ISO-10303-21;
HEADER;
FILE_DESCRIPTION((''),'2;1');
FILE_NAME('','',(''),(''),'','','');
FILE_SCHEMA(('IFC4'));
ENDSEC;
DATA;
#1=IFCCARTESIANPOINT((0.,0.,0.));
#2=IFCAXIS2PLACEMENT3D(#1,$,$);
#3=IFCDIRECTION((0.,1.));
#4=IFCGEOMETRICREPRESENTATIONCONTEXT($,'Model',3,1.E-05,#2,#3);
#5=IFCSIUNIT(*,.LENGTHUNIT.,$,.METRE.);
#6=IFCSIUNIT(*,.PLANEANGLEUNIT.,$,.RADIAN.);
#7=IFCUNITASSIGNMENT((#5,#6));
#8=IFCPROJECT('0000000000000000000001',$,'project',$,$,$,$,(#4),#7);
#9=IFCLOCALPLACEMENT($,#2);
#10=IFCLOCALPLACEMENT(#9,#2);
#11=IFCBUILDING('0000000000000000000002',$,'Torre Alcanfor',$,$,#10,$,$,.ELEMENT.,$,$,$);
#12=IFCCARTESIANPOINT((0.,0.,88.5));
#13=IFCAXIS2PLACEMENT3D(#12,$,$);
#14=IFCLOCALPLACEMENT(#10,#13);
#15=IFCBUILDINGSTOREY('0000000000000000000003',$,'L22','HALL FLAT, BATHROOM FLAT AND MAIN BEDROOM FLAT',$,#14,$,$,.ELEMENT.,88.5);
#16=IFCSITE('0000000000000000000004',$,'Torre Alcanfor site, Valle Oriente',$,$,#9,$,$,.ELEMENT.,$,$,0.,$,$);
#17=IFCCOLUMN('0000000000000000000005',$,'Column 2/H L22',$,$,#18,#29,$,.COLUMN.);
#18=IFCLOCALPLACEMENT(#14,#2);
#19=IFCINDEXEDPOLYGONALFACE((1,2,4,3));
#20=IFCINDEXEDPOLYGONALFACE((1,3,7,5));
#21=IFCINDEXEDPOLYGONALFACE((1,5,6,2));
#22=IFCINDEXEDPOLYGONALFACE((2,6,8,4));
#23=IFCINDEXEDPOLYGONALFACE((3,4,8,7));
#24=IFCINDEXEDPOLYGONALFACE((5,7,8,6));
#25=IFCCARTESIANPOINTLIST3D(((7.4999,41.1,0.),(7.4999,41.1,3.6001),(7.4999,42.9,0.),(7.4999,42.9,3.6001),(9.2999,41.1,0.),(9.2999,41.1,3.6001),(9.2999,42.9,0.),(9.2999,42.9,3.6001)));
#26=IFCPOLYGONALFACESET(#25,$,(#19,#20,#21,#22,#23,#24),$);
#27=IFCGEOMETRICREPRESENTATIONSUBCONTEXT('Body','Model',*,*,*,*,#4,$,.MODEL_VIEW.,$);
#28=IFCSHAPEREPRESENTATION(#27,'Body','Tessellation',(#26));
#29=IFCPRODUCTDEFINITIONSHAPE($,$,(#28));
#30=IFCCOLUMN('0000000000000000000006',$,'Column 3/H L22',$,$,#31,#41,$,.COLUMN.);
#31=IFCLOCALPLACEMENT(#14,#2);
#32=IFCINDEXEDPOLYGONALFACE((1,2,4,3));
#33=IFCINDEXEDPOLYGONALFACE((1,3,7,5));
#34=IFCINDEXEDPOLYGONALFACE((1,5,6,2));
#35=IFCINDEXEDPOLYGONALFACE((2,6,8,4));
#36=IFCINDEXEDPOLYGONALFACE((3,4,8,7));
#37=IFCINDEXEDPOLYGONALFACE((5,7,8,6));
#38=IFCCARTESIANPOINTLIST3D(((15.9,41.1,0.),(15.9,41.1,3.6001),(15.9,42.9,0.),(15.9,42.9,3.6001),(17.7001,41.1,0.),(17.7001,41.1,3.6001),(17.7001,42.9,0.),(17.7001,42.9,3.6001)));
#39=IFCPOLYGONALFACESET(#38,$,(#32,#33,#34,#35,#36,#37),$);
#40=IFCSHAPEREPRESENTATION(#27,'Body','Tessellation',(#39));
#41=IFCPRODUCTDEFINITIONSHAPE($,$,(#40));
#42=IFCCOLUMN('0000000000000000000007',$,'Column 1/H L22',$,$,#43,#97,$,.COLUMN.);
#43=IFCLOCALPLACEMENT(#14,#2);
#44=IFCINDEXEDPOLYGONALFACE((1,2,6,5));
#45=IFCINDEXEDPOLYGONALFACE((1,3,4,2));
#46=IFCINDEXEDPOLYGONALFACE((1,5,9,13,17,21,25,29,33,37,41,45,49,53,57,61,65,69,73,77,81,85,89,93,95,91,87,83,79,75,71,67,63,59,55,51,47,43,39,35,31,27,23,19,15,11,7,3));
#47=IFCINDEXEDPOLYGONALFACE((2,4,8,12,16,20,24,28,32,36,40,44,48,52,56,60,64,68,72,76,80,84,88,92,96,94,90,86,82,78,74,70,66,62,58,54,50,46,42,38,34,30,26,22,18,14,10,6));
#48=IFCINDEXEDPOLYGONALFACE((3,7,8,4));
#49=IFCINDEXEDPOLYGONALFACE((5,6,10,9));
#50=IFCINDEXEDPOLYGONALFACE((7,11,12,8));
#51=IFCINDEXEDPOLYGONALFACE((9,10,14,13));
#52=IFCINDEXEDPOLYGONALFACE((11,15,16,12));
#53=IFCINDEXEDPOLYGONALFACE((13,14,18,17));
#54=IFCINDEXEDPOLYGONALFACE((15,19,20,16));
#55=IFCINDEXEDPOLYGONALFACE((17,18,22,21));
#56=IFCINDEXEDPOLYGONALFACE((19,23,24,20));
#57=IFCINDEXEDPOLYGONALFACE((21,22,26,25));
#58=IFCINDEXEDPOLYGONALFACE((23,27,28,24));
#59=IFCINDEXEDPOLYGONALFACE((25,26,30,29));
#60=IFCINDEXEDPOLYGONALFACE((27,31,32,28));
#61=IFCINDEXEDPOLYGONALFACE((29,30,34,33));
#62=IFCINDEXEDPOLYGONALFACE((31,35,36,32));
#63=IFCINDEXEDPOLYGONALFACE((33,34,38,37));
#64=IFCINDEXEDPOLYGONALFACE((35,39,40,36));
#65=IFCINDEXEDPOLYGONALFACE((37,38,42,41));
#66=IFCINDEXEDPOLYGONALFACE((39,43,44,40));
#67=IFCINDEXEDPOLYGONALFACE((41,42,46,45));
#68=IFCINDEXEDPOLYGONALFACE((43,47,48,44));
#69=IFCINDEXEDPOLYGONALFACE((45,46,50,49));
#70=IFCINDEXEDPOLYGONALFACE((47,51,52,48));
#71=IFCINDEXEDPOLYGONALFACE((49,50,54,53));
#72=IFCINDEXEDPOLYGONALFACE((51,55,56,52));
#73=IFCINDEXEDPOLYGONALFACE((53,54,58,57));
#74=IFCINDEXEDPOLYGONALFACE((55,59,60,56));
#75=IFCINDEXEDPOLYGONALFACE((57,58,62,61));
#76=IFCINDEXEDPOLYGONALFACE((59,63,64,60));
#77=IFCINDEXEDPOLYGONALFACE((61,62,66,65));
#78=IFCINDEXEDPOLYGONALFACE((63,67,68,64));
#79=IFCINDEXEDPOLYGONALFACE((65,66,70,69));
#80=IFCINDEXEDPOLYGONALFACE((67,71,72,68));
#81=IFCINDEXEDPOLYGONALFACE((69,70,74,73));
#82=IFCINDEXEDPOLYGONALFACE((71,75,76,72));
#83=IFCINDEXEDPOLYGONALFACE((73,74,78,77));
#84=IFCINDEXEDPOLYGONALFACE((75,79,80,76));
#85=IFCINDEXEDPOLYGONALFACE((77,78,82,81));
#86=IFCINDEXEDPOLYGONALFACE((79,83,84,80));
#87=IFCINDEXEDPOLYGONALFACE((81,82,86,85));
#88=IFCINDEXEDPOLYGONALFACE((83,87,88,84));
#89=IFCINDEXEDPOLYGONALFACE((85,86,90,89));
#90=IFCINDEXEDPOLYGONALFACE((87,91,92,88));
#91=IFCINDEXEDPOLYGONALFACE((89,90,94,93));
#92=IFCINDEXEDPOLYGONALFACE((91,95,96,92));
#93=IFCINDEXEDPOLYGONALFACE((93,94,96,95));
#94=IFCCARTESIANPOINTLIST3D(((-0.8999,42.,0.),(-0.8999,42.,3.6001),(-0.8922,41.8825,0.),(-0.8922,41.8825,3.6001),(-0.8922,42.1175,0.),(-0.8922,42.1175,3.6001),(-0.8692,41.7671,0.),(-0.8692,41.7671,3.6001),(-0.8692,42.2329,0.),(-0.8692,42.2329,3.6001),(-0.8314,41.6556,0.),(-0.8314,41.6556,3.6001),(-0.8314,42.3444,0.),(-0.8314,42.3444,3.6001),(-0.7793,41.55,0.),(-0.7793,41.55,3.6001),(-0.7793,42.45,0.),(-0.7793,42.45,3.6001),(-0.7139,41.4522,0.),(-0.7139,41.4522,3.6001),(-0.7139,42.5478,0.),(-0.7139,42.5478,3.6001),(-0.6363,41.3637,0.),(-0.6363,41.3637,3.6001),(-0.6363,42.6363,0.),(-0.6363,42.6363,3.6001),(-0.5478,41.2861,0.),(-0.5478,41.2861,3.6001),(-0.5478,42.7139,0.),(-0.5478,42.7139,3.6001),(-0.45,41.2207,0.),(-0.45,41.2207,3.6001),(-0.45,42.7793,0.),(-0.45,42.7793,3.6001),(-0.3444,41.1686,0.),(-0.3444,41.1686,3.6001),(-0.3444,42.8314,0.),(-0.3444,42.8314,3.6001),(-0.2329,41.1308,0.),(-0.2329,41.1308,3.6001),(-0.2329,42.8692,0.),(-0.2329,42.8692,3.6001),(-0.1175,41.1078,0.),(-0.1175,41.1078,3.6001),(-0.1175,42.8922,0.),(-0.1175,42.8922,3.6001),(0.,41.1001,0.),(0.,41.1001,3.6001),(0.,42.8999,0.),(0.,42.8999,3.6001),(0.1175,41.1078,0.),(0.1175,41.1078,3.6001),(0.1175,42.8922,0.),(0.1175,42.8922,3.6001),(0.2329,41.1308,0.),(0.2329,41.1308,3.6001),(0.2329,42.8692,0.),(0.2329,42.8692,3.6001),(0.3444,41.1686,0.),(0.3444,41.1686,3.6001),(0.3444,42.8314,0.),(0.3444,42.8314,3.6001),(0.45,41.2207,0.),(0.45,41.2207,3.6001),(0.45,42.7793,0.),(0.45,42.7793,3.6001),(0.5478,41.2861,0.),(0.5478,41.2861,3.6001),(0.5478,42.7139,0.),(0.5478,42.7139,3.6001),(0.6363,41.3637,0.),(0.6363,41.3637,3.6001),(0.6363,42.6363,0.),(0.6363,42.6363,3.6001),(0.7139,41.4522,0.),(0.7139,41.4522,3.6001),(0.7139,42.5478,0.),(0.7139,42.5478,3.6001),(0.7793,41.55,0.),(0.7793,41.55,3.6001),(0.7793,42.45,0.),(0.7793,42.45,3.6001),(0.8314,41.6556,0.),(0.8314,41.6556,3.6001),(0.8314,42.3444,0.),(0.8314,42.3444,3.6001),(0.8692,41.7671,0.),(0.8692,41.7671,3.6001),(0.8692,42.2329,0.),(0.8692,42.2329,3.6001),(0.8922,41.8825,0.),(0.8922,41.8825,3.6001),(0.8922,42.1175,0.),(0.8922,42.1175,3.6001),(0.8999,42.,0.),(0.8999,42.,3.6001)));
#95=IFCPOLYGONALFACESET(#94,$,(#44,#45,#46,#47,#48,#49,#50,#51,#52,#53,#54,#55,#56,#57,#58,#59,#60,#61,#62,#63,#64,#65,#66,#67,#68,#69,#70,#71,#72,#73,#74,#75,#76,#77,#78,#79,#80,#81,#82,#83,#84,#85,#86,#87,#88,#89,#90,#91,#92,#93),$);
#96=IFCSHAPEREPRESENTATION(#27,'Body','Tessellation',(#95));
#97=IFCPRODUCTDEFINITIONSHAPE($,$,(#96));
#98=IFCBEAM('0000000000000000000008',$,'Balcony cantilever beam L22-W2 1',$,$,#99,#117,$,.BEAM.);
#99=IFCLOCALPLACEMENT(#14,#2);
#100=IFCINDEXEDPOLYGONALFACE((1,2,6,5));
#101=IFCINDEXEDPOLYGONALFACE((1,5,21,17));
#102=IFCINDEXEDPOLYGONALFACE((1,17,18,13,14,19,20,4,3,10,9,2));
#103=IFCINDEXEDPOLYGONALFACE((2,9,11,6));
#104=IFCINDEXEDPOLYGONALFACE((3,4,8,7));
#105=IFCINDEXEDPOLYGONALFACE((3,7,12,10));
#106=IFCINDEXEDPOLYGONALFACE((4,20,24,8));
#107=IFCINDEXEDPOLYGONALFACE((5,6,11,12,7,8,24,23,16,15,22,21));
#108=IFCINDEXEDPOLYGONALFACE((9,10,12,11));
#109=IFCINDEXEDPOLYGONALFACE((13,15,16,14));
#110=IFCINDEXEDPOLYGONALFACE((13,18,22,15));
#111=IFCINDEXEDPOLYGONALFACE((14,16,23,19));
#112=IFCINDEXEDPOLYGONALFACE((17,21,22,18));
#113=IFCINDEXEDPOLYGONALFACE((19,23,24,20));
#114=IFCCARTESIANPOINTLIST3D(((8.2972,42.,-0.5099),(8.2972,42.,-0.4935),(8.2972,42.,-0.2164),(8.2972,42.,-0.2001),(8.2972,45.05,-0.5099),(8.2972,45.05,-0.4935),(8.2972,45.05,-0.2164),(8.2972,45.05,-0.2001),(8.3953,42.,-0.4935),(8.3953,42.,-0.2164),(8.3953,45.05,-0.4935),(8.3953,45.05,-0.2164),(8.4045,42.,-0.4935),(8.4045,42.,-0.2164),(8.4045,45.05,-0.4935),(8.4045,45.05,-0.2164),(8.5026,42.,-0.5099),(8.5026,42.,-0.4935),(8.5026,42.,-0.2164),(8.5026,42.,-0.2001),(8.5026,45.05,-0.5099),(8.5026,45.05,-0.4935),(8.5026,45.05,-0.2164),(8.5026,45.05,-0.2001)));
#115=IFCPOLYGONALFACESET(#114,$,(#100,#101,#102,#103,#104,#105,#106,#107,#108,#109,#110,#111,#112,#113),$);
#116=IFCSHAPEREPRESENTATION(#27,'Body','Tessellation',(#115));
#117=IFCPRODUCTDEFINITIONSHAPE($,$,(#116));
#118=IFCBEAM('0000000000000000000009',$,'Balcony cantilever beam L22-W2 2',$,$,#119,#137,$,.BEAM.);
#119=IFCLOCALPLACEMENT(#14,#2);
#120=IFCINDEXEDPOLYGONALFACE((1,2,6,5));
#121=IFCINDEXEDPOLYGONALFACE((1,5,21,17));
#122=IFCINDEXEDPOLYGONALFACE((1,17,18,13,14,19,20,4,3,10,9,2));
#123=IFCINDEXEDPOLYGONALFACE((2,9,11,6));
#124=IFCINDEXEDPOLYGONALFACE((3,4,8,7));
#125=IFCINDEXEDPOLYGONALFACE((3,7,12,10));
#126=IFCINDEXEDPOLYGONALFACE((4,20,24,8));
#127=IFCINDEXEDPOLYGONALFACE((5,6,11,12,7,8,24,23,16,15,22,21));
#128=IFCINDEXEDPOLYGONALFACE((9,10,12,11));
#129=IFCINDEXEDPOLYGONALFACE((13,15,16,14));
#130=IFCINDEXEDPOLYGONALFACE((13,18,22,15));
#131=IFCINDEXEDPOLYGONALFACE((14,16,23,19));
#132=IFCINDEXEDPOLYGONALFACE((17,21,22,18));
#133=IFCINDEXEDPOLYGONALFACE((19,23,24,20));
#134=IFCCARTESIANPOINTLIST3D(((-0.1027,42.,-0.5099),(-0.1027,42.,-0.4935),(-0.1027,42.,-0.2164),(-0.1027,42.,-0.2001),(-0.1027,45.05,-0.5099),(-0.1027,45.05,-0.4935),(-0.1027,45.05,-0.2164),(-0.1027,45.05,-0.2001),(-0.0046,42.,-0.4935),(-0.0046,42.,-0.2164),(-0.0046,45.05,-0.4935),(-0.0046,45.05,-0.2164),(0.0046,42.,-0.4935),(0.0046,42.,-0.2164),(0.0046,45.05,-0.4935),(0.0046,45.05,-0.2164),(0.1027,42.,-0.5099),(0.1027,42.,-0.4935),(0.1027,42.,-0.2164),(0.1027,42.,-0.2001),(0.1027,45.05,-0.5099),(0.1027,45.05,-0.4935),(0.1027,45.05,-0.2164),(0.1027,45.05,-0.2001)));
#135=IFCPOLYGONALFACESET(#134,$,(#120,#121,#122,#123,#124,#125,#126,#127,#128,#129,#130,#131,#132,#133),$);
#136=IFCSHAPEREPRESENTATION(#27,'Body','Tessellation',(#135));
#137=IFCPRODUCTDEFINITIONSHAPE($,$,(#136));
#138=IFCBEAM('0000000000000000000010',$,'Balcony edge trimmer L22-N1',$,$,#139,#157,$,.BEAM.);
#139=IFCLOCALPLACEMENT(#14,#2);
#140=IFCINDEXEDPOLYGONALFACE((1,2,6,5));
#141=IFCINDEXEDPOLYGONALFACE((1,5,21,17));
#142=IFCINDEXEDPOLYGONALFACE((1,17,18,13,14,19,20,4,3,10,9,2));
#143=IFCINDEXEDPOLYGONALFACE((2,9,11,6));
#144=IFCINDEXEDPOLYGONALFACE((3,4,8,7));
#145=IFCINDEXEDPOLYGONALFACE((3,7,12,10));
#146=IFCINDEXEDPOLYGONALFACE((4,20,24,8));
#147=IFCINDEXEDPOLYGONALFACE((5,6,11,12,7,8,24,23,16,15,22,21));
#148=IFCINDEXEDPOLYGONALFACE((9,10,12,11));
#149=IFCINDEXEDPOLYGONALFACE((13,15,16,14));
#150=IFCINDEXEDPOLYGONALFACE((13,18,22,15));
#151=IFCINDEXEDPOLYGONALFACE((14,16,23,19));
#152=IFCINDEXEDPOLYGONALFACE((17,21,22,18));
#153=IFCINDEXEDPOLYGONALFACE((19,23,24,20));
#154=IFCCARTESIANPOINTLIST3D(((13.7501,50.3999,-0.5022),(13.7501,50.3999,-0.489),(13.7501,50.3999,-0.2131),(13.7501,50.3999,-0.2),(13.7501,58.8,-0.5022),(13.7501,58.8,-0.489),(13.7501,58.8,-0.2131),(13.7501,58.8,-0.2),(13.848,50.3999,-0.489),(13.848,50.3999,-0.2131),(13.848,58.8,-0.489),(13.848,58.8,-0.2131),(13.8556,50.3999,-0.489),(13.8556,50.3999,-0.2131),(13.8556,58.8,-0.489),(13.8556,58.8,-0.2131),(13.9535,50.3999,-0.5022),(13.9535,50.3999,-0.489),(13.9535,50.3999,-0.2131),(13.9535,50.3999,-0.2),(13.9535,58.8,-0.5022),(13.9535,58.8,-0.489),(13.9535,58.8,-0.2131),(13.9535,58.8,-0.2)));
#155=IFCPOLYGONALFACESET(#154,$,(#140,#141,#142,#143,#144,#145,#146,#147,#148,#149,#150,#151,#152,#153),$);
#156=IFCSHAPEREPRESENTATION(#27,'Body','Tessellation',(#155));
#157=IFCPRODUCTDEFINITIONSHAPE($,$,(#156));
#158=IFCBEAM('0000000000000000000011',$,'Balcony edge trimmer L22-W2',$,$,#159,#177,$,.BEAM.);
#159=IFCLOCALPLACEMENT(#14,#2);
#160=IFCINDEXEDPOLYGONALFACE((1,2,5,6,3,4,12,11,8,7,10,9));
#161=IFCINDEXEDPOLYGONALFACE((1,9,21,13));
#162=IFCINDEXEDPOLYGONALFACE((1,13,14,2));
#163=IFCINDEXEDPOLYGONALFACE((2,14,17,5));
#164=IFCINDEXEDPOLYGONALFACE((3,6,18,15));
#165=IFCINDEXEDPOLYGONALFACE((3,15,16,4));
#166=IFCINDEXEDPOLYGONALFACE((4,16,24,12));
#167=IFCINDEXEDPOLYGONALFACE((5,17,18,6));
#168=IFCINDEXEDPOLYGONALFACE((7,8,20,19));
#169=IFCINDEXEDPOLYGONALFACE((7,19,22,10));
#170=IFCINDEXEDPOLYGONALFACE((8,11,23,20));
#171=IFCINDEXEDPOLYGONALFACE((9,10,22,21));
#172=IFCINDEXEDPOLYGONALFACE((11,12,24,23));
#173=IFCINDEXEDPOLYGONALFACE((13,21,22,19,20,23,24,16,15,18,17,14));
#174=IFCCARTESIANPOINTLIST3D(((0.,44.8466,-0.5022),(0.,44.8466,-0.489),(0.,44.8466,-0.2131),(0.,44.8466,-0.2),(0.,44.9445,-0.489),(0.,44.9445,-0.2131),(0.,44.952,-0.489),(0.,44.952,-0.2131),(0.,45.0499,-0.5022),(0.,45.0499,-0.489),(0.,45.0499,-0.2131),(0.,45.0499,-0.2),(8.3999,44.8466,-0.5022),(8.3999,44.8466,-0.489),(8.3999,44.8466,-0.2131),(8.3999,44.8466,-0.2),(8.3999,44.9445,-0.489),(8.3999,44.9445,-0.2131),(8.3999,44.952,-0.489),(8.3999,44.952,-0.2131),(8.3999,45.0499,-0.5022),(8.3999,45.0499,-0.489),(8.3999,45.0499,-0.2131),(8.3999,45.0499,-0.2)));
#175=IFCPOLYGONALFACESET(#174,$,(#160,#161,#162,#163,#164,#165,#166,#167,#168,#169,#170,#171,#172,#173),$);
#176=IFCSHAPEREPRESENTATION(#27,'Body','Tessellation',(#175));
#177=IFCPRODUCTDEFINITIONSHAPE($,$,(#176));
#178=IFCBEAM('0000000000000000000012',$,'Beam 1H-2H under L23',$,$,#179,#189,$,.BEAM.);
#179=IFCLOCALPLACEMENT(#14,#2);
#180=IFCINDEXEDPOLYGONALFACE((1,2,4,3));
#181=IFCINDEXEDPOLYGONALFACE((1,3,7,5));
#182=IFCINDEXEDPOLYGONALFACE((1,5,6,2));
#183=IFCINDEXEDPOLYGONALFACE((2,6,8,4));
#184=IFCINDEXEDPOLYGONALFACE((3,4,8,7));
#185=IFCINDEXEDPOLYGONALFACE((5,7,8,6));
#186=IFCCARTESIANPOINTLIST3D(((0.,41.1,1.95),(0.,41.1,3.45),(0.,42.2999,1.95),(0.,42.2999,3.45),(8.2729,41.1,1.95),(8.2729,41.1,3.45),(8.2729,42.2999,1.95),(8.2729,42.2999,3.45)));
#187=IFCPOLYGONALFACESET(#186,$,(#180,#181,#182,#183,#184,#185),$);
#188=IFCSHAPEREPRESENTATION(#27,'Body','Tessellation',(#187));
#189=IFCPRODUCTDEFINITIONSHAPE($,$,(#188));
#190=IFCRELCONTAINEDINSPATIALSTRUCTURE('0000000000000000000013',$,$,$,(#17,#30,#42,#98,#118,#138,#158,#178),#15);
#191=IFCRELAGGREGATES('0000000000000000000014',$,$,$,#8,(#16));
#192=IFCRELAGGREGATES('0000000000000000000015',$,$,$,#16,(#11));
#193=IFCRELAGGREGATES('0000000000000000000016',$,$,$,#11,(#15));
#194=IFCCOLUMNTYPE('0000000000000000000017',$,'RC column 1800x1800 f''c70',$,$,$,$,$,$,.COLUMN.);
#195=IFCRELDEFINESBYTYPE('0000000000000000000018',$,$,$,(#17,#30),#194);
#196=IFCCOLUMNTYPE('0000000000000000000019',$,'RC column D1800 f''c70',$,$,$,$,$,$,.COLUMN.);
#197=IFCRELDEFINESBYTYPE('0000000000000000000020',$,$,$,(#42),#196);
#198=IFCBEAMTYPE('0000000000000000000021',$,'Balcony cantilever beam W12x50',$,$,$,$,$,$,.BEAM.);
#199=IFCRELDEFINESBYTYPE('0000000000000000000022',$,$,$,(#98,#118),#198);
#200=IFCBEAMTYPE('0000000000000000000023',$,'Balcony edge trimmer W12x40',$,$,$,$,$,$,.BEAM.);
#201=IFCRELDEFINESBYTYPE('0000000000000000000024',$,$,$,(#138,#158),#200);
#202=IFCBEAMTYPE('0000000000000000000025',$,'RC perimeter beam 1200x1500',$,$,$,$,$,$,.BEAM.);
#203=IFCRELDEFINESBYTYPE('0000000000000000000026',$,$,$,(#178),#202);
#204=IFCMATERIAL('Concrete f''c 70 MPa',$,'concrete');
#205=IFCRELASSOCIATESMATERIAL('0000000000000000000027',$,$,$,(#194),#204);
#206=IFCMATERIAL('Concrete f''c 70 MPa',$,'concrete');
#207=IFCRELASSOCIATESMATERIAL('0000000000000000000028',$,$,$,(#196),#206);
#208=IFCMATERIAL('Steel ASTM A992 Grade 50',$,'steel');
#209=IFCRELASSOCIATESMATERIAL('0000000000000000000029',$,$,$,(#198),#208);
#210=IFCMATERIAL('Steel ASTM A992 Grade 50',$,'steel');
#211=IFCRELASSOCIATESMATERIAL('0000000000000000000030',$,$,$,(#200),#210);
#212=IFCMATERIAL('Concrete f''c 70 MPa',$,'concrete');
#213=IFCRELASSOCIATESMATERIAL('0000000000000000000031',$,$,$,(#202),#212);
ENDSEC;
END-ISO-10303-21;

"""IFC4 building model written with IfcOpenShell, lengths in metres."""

from ifc_helpers import new_model, si_unit, direction, frame, origin, origin_2d, place, context, subcontext, project, spatial, rectangle, circle, i_section, extrude, material, material_profile, profile_set, type_object, element, save


model = new_model("IFC4")

# Units and contexts
model_context = context("Model", 3, precision=1e-05, world=origin(), true_north=direction((0.0, 1.0)))
body_context = subcontext(model_context, "Body", "Model", "MODEL_VIEW")
ifc_project = project(units=[si_unit("LENGTHUNIT", "METRE"), si_unit("PLANEANGLEUNIT", "RADIAN")], contexts=[model_context])

# Site, building, storey
site_placement = place(None, origin())
site = spatial("IfcSite", under=ifc_project, at=site_placement, Name="Torre Alcanfor site, Valle Oriente", CompositionType="ELEMENT", RefElevation=0.0)
building_placement = place(site_placement, origin())
building = spatial("IfcBuilding", under=site, at=building_placement, Name="Torre Alcanfor", CompositionType="ELEMENT")
storey_placement = place(building_placement, frame((0.0, 0.0, 88.5)))
storey = spatial("IfcBuildingStorey", under=building, at=storey_placement, Name="L22", Description="HALL FLAT, BATHROOM FLAT AND MAIN BEDROOM FLAT", CompositionType="ELEMENT", Elevation=88.5)

# Columns
ifc_material_1 = material(Name="Concrete f'c 70 MPa", Category="concrete")
ifc_material_profile_1 = material_profile(ifc_material_1, rectangle(XDim=1.8, YDim=1.8, at=origin_2d()), Name="1800x1800")
ifc_profile_set_1 = profile_set([ifc_material_profile_1], Name="Concrete f'c 70 MPa")
column_type_1 = type_object("IfcColumnType", Name="RC column 1800x1800 f'c70", PredefinedType="COLUMN", material=ifc_profile_set_1)
for number, where, z_axis, x_axis, name in (
    (1, (8.3999, 42.0, 0.0), (0.0, 0.0, 1.0), (1.0, 0.0, 0.0), "Column 2/H L22"),
    (2, (16.8, 42.0, 0.0), (0.0, 0.0, 1.0), (1.0, 0.0, 0.0), "Column 3/H L22"),
):
    element("IfcColumn", number, at=place(storey_placement, frame(where, z_axis=z_axis, x_axis=x_axis)), inside=storey, type_object=column_type_1, Name=name, PredefinedType="COLUMN", context=body_context, shape_type="SweptSolid", body=[
        extrude(rectangle(XDim=1.8, YDim=1.8, at=origin_2d()), origin(), (0.0, 0.0, 1.0), 3.6001),
    ])
ifc_material_2 = material(Name="Concrete f'c 70 MPa", Category="concrete")
ifc_material_profile_2 = material_profile(ifc_material_2, circle(Radius=0.8999, at=origin_2d()), Name="D1800")
ifc_profile_set_2 = profile_set([ifc_material_profile_2], Name="Concrete f'c 70 MPa")
column_type_2 = type_object("IfcColumnType", Name="RC column D1800 f'c70", PredefinedType="COLUMN", material=ifc_profile_set_2)
column_placement = place(storey_placement, frame((0.0, 42.0, 0.0), z_axis=(0.0, 0.0, 1.0), x_axis=(1.0, 0.0, 0.0)))
element("IfcColumn", 3, at=column_placement, inside=storey, type_object=column_type_2, Name="Column 1/H L22", PredefinedType="COLUMN", context=body_context, shape_type="SweptSolid", body=[
    extrude(circle(Radius=0.8999, at=origin_2d()), origin(), (0.0, 0.0, 1.0), 3.6001),
])

# Beams
ifc_material_3 = material(Name="Steel ASTM A992 Grade 50", Category="steel")
ifc_material_profile_3 = material_profile(ifc_material_3, i_section(OverallWidth=0.2053, OverallDepth=0.3098, WebThickness=0.0093, FlangeThickness=0.0164, at=origin_2d()), Name="W12x50")
ifc_profile_set_3 = profile_set([ifc_material_profile_3], Name="Steel ASTM A992 Grade 50")
beam_type_1 = type_object("IfcBeamType", Name="Balcony cantilever beam W12x50", PredefinedType="BEAM", material=ifc_profile_set_3)
for number, where, z_axis, x_axis, name in (
    (4, (8.3999, 42.0, -0.355), (0.0, 1.0, 0.0), (-1.0, 0.0, 0.0), "Balcony cantilever beam L22-W2 1"),
    (5, (0.0, 42.0, -0.355), (0.0, 1.0, 0.0), (-1.0, 0.0, 0.0), "Balcony cantilever beam L22-W2 2"),
):
    element("IfcBeam", number, at=place(storey_placement, frame(where, z_axis=z_axis, x_axis=x_axis)), inside=storey, type_object=beam_type_1, Name=name, PredefinedType="BEAM", context=body_context, shape_type="SweptSolid", body=[
        extrude(i_section(OverallWidth=0.2053, OverallDepth=0.3098, WebThickness=0.0093, FlangeThickness=0.0164, at=origin_2d()), origin(), (0.0, 0.0, 1.0), 3.05),
    ])
ifc_material_4 = material(Name="Steel ASTM A992 Grade 50", Category="steel")
ifc_material_profile_4 = material_profile(ifc_material_4, i_section(OverallWidth=0.2034, OverallDepth=0.3022, WebThickness=0.0076, FlangeThickness=0.0132, at=origin_2d()), Name="W12x40")
ifc_profile_set_4 = profile_set([ifc_material_profile_4], Name="Steel ASTM A992 Grade 50")
beam_type_2 = type_object("IfcBeamType", Name="Balcony edge trimmer W12x40", PredefinedType="BEAM", material=ifc_profile_set_4)
beam_1_placement = place(storey_placement, frame((13.8518, 50.3999, -0.3511), z_axis=(0.0, 1.0, 0.0), x_axis=(-1.0, 0.0, 0.0)))
element("IfcBeam", 6, at=beam_1_placement, inside=storey, type_object=beam_type_2, Name="Balcony edge trimmer L22-N1", PredefinedType="BEAM", context=body_context, shape_type="SweptSolid", body=[
    extrude(i_section(OverallWidth=0.2034, OverallDepth=0.3022, WebThickness=0.0076, FlangeThickness=0.0132, at=origin_2d()), origin(), (0.0, 0.0, 1.0), 8.4001),
])
beam_2_placement = place(storey_placement, frame((8.3999, 44.9482, -0.3511), z_axis=(-1.0, 0.0, 0.0), x_axis=(0.0, -1.0, 0.0)))
element("IfcBeam", 7, at=beam_2_placement, inside=storey, type_object=beam_type_2, Name="Balcony edge trimmer L22-W2", PredefinedType="BEAM", context=body_context, shape_type="SweptSolid", body=[
    extrude(i_section(OverallWidth=0.2034, OverallDepth=0.3022, WebThickness=0.0076, FlangeThickness=0.0132, at=origin_2d()), origin(), (0.0, 0.0, 1.0), 8.3999),
])
ifc_material_5 = material(Name="Concrete f'c 70 MPa", Category="concrete")
ifc_material_profile_5 = material_profile(ifc_material_5, rectangle(XDim=1.2, YDim=1.5, at=origin_2d()), Name="1200x1500")
ifc_profile_set_5 = profile_set([ifc_material_profile_5], Name="Concrete f'c 70 MPa")
beam_type_3 = type_object("IfcBeamType", Name="RC perimeter beam 1200x1500", PredefinedType="BEAM", material=ifc_profile_set_5)
beam_3_placement = place(storey_placement, frame((0.0, 41.7, 2.7), z_axis=(1.0, 0.0, 0.0), x_axis=(0.0, 1.0, 0.0)))
element("IfcBeam", 8, at=beam_3_placement, inside=storey, type_object=beam_type_3, Name="Beam 1H-2H under L23", PredefinedType="BEAM", context=body_context, shape_type="SweptSolid", body=[
    extrude(rectangle(XDim=1.2, YDim=1.5, at=origin_2d()), origin(), (0.0, 0.0, 1.0), 8.2729),
])

save(model, "model.ifc")
